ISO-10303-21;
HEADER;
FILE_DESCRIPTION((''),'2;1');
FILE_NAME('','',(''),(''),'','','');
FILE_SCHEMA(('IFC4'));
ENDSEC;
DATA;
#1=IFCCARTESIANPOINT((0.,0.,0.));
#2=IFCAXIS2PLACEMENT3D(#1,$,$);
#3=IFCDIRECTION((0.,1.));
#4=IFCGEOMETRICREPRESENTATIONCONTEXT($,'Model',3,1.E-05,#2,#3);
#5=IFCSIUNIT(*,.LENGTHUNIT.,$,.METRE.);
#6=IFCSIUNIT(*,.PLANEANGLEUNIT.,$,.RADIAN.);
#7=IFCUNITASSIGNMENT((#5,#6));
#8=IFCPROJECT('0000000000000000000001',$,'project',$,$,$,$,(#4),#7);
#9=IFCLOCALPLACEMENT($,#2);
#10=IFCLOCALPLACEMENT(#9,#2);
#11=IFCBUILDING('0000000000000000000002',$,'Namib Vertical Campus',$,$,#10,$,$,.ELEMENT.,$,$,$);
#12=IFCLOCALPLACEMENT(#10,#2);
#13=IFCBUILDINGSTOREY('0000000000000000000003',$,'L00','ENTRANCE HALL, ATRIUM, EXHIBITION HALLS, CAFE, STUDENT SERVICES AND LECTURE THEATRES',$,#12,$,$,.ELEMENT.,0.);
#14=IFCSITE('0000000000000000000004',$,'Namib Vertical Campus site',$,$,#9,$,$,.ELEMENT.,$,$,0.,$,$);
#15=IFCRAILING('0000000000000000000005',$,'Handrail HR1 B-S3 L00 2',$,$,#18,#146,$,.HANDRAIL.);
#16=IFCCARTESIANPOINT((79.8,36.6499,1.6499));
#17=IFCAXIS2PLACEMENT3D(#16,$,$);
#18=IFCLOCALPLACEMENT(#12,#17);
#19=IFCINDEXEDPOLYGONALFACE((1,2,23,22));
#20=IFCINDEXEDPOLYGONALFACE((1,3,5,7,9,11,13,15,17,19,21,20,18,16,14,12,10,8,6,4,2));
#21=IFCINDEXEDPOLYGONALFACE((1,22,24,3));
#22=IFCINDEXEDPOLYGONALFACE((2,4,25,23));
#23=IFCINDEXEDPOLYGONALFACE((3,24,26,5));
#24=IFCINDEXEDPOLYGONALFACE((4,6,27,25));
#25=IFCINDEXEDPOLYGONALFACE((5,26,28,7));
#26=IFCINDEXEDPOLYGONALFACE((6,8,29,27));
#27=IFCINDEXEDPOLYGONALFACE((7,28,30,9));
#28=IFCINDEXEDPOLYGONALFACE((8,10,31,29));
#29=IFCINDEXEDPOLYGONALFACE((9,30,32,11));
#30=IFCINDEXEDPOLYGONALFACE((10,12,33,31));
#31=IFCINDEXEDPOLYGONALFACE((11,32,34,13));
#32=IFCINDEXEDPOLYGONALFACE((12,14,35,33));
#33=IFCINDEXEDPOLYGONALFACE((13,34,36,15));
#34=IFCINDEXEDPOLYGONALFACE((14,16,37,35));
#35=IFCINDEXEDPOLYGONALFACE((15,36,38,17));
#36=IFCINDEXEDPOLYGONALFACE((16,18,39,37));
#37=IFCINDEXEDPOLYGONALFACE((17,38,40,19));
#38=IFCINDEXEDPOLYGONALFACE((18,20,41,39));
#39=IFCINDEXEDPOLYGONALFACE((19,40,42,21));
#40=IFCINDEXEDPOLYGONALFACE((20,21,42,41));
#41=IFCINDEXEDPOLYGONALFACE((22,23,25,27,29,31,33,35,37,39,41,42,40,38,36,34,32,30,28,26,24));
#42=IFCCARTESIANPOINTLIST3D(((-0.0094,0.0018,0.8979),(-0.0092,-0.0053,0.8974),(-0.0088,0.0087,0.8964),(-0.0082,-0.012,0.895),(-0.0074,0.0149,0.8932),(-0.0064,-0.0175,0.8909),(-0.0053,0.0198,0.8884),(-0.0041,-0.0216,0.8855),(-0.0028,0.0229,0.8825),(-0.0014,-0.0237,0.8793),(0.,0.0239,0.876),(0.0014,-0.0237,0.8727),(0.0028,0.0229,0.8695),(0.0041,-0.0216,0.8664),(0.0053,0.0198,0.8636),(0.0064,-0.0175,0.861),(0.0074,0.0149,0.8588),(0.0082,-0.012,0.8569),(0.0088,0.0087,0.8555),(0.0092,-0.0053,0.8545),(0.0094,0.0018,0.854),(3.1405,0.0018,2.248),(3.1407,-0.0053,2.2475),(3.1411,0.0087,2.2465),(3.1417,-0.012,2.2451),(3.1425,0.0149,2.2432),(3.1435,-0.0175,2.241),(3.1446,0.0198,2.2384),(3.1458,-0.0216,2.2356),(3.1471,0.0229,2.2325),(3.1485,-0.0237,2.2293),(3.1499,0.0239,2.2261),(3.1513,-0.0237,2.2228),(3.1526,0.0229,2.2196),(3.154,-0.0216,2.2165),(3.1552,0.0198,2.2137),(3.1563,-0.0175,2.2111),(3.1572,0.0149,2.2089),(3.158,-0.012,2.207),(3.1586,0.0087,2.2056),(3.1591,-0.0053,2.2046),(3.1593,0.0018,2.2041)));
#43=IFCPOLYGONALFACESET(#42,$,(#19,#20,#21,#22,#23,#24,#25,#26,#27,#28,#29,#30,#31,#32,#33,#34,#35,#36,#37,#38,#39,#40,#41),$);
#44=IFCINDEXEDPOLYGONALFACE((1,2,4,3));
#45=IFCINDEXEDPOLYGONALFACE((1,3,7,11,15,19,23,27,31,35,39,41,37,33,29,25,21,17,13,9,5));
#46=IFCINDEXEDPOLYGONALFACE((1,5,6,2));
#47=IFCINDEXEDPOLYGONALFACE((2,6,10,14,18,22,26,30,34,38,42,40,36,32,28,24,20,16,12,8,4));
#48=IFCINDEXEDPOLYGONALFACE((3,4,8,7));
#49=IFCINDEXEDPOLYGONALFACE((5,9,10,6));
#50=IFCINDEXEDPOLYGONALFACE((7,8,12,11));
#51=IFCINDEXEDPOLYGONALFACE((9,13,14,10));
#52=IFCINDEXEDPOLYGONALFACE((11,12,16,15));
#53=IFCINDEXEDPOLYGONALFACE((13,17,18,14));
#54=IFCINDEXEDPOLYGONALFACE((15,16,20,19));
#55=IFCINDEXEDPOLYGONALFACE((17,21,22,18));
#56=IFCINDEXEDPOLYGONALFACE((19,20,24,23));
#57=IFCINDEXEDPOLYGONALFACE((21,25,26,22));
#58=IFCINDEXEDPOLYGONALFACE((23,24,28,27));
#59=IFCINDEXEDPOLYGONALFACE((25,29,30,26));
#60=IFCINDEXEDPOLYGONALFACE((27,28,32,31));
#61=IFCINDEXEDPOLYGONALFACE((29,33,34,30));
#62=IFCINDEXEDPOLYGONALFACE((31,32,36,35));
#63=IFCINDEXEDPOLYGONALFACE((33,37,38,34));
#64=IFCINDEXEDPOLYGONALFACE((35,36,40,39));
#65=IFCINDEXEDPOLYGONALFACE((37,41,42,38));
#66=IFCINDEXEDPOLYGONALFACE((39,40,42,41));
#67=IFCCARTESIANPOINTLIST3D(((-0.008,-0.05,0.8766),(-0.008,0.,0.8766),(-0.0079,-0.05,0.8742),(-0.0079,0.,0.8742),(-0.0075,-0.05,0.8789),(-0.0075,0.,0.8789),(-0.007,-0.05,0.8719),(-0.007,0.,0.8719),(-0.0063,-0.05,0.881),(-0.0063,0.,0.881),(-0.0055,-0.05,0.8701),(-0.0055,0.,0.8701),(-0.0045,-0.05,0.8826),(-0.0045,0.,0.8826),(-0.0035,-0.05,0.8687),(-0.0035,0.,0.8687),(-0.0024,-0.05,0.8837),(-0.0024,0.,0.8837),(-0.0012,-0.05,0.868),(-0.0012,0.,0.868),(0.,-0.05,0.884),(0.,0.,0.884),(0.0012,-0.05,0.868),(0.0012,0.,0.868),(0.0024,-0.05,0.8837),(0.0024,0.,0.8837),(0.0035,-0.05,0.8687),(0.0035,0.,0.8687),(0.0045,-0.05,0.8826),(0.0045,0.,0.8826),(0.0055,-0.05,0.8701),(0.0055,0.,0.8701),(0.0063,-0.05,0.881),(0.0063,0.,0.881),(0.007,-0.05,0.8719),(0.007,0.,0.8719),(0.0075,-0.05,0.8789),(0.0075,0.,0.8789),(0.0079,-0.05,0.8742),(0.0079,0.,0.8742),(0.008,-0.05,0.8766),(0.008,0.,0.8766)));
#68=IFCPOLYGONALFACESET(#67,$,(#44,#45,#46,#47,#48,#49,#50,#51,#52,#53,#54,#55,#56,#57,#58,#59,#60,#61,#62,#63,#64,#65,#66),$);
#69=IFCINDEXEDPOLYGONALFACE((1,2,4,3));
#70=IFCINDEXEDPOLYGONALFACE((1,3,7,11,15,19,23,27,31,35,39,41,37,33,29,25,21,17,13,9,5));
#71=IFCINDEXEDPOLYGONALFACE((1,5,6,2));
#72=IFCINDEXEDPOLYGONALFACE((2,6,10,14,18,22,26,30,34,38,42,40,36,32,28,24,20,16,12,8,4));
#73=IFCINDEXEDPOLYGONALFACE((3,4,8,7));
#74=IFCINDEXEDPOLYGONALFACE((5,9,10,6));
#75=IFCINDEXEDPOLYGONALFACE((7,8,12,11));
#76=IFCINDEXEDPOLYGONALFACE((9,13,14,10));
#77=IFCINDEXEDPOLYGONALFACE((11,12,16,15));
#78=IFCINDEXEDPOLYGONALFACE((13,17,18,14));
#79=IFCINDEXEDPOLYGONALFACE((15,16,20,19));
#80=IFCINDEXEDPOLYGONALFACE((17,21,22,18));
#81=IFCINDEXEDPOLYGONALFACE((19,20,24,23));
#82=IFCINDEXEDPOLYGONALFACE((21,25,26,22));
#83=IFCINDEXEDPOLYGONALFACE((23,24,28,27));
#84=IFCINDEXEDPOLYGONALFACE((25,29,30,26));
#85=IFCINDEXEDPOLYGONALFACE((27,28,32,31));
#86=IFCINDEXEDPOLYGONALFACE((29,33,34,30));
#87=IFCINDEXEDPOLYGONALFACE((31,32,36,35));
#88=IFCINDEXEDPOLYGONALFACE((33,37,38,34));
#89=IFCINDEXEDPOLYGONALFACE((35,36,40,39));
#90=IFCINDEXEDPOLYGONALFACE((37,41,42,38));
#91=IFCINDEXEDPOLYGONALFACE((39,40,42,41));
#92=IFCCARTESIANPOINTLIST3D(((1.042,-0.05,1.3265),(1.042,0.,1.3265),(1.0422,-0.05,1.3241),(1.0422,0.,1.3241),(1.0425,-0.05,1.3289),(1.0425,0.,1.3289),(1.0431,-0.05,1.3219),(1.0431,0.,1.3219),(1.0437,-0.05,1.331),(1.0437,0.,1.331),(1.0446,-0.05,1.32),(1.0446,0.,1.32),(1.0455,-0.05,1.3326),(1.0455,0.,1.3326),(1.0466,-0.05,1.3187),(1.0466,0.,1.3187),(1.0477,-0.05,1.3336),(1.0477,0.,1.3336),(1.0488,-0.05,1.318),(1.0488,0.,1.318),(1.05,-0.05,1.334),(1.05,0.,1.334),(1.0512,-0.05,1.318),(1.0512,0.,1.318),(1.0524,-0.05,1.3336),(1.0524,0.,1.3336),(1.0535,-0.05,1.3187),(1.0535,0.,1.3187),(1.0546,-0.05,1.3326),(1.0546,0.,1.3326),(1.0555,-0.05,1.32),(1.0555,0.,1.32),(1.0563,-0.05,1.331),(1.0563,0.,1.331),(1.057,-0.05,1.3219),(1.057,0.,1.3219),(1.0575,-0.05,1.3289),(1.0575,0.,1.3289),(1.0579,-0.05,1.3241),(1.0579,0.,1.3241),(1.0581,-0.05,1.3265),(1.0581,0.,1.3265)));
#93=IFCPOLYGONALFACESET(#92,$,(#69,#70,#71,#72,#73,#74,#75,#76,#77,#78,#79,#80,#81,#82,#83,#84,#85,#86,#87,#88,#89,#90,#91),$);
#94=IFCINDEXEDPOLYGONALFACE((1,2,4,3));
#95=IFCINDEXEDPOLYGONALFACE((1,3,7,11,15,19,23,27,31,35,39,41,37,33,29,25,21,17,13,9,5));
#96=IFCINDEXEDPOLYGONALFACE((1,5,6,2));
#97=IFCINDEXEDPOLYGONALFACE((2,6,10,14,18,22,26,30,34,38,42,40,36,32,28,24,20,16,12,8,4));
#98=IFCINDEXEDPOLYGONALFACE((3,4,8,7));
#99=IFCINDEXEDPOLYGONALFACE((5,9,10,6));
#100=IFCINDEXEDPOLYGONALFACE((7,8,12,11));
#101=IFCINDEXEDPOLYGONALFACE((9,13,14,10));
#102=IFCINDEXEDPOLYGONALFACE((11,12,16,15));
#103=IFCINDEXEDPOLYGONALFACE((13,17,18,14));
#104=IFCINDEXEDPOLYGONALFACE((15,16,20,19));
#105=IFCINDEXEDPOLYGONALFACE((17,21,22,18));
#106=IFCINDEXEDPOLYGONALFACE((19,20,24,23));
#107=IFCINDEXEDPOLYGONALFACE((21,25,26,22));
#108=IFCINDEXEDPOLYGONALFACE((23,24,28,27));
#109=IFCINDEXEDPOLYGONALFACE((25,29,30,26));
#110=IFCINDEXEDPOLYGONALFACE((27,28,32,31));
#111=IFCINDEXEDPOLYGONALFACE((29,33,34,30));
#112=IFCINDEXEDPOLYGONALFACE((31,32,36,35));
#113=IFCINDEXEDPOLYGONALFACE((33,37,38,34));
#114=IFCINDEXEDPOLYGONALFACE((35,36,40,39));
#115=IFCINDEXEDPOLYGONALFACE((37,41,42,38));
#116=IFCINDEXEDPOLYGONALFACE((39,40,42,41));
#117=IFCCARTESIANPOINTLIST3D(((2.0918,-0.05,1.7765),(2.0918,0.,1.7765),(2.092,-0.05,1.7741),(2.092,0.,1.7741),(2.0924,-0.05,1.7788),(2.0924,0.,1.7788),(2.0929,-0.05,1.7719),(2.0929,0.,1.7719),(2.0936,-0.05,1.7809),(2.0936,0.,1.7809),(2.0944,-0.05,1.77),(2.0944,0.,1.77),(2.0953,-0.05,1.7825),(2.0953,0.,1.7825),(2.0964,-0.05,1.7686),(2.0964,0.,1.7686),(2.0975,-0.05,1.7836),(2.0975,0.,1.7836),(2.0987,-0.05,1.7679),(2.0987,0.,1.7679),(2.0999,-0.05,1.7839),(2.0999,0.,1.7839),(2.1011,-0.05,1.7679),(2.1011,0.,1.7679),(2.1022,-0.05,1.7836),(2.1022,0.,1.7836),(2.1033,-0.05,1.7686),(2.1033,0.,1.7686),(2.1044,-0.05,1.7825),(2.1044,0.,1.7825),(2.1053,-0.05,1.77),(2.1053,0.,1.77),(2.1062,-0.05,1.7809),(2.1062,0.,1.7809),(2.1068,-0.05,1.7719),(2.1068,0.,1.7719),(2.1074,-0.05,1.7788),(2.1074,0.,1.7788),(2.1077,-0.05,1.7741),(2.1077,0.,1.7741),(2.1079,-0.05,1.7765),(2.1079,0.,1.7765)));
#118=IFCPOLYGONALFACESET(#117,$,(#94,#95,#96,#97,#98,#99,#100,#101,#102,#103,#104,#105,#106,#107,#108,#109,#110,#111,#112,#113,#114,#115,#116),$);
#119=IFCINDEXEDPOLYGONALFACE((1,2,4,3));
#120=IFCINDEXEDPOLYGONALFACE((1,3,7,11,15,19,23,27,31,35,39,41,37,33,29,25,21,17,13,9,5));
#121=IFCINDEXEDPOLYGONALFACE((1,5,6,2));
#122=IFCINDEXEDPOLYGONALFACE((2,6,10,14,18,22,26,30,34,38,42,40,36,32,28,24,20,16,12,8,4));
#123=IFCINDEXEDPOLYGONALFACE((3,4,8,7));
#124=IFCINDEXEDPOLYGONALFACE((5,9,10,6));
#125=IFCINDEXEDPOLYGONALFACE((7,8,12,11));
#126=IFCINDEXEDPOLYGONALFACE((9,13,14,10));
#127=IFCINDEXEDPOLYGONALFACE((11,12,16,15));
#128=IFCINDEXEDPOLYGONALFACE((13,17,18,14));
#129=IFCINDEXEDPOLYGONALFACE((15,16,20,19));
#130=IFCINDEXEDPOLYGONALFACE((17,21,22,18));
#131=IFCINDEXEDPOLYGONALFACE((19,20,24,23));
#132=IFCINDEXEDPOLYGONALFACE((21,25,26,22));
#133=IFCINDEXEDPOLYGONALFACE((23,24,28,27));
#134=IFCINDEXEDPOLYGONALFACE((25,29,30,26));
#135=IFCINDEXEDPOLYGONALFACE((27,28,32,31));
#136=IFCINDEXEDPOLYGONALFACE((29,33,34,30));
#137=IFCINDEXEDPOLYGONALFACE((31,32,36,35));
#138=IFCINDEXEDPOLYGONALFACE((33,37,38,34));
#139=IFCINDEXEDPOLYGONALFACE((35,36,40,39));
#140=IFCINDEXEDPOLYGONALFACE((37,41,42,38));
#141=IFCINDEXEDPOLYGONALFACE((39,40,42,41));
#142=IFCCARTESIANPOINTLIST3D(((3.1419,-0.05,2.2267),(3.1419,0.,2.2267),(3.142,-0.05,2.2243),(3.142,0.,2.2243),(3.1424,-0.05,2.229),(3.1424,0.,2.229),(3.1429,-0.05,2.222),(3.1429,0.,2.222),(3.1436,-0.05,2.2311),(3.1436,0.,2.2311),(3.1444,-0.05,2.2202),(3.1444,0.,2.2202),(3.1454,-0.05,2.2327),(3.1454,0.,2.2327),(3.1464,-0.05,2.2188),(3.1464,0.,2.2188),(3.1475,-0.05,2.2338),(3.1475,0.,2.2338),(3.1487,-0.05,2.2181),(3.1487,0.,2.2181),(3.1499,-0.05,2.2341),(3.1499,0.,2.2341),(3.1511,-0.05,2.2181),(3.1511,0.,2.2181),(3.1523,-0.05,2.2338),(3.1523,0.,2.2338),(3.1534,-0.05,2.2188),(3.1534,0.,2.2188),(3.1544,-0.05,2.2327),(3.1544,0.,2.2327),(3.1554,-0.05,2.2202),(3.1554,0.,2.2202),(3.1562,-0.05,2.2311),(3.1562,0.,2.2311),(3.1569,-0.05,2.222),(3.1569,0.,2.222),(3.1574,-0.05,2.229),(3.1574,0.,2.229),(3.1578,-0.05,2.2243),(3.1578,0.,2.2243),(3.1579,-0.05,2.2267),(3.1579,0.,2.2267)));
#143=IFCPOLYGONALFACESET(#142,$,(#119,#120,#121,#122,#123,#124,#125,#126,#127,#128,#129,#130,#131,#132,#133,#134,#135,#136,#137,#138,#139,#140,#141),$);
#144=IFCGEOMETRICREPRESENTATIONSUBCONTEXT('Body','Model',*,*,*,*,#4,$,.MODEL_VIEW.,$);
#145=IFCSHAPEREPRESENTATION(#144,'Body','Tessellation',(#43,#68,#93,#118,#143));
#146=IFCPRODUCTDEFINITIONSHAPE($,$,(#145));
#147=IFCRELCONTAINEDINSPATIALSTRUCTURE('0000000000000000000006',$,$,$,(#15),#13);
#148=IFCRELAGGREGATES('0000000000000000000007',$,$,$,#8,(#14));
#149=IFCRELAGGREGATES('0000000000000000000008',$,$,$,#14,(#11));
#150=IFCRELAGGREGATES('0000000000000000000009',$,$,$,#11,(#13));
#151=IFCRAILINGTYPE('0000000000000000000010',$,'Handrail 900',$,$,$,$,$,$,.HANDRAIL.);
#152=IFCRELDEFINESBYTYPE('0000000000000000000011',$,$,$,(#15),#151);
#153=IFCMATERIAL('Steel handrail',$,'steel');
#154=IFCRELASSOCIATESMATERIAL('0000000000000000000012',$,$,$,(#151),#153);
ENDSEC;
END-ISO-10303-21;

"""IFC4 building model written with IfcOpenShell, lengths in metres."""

from ifc_helpers import new_model, si_unit, direction, frame, origin, origin_2d, place, context, subcontext, project, spatial, circle, extrude, material, type_object, element, save


model = new_model("IFC4")

# Units and contexts
model_context = context("Model", 3, precision=1e-05, world=origin(), true_north=direction((0.0, 1.0)))
body_context = subcontext(model_context, "Body", "Model", "MODEL_VIEW")
ifc_project = project(units=[si_unit("LENGTHUNIT", "METRE"), si_unit("PLANEANGLEUNIT", "RADIAN")], contexts=[model_context])

# Site, building, storey
site_placement = place(None, origin())
site = spatial("IfcSite", under=ifc_project, at=site_placement, Name="Namib Vertical Campus site", CompositionType="ELEMENT", RefElevation=0.0)
building_placement = place(site_placement, origin())
building = spatial("IfcBuilding", under=site, at=building_placement, Name="Namib Vertical Campus", CompositionType="ELEMENT")
storey_placement = place(building_placement, origin())
storey = spatial("IfcBuildingStorey", under=building, at=storey_placement, Name="L00", Description="ENTRANCE HALL, ATRIUM, EXHIBITION HALLS, CAFE, STUDENT SERVICES AND LECTURE THEATRES", CompositionType="ELEMENT", Elevation=0.0)

# Railing
ifc_material_1 = material(Name="Steel handrail", Category="steel")
railing_type_1 = type_object("IfcRailingType", Name="Handrail 900", PredefinedType="HANDRAIL", material=ifc_material_1)
for number, where, name in (
    (1, (79.8, 36.6499, 1.6499), "Handrail HR1 B-S3 L00 2"),
):
    element("IfcRailing", number, at=place(storey_placement, frame(where)), inside=storey, type_object=railing_type_1, Name=name, PredefinedType="HANDRAIL", context=body_context, shape_type="SweptSolid", body=[
        extrude(circle(Radius=0.0239, at=origin_2d()), frame((0.0, 0.0, 0.876), z_axis=(0.91913, 0.0, 0.393954), x_axis=(0.0, 1.0, 0.0)), (0.0, 0.0, 1.0), 3.427),
        extrude(circle(Radius=0.0081, at=origin_2d()), frame((0.0, 0.0, 0.876), z_axis=(0.0, -1.0, 0.0), x_axis=(0.0, 0.0, 1.0)), (0.0, 0.0, 1.0), 0.05),
        extrude(circle(Radius=0.0081, at=origin_2d()), frame((1.05, 0.0, 1.3259), z_axis=(0.0, -1.0, 0.0), x_axis=(0.0, 0.0, 1.0)), (0.0, 0.0, 1.0), 0.05),
        extrude(circle(Radius=0.0081, at=origin_2d()), frame((2.0999, 0.0, 1.7759), z_axis=(0.0, -1.0, 0.0), x_axis=(0.0, 0.0, 1.0)), (0.0, 0.0, 1.0), 0.05),
        extrude(circle(Radius=0.0081, at=origin_2d()), frame((3.1499, 0.0, 2.2261), z_axis=(0.0, -1.0, 0.0), x_axis=(0.0, 0.0, 1.0)), (0.0, 0.0, 1.0), 0.05),
    ])

save(model, "model.ifc")
